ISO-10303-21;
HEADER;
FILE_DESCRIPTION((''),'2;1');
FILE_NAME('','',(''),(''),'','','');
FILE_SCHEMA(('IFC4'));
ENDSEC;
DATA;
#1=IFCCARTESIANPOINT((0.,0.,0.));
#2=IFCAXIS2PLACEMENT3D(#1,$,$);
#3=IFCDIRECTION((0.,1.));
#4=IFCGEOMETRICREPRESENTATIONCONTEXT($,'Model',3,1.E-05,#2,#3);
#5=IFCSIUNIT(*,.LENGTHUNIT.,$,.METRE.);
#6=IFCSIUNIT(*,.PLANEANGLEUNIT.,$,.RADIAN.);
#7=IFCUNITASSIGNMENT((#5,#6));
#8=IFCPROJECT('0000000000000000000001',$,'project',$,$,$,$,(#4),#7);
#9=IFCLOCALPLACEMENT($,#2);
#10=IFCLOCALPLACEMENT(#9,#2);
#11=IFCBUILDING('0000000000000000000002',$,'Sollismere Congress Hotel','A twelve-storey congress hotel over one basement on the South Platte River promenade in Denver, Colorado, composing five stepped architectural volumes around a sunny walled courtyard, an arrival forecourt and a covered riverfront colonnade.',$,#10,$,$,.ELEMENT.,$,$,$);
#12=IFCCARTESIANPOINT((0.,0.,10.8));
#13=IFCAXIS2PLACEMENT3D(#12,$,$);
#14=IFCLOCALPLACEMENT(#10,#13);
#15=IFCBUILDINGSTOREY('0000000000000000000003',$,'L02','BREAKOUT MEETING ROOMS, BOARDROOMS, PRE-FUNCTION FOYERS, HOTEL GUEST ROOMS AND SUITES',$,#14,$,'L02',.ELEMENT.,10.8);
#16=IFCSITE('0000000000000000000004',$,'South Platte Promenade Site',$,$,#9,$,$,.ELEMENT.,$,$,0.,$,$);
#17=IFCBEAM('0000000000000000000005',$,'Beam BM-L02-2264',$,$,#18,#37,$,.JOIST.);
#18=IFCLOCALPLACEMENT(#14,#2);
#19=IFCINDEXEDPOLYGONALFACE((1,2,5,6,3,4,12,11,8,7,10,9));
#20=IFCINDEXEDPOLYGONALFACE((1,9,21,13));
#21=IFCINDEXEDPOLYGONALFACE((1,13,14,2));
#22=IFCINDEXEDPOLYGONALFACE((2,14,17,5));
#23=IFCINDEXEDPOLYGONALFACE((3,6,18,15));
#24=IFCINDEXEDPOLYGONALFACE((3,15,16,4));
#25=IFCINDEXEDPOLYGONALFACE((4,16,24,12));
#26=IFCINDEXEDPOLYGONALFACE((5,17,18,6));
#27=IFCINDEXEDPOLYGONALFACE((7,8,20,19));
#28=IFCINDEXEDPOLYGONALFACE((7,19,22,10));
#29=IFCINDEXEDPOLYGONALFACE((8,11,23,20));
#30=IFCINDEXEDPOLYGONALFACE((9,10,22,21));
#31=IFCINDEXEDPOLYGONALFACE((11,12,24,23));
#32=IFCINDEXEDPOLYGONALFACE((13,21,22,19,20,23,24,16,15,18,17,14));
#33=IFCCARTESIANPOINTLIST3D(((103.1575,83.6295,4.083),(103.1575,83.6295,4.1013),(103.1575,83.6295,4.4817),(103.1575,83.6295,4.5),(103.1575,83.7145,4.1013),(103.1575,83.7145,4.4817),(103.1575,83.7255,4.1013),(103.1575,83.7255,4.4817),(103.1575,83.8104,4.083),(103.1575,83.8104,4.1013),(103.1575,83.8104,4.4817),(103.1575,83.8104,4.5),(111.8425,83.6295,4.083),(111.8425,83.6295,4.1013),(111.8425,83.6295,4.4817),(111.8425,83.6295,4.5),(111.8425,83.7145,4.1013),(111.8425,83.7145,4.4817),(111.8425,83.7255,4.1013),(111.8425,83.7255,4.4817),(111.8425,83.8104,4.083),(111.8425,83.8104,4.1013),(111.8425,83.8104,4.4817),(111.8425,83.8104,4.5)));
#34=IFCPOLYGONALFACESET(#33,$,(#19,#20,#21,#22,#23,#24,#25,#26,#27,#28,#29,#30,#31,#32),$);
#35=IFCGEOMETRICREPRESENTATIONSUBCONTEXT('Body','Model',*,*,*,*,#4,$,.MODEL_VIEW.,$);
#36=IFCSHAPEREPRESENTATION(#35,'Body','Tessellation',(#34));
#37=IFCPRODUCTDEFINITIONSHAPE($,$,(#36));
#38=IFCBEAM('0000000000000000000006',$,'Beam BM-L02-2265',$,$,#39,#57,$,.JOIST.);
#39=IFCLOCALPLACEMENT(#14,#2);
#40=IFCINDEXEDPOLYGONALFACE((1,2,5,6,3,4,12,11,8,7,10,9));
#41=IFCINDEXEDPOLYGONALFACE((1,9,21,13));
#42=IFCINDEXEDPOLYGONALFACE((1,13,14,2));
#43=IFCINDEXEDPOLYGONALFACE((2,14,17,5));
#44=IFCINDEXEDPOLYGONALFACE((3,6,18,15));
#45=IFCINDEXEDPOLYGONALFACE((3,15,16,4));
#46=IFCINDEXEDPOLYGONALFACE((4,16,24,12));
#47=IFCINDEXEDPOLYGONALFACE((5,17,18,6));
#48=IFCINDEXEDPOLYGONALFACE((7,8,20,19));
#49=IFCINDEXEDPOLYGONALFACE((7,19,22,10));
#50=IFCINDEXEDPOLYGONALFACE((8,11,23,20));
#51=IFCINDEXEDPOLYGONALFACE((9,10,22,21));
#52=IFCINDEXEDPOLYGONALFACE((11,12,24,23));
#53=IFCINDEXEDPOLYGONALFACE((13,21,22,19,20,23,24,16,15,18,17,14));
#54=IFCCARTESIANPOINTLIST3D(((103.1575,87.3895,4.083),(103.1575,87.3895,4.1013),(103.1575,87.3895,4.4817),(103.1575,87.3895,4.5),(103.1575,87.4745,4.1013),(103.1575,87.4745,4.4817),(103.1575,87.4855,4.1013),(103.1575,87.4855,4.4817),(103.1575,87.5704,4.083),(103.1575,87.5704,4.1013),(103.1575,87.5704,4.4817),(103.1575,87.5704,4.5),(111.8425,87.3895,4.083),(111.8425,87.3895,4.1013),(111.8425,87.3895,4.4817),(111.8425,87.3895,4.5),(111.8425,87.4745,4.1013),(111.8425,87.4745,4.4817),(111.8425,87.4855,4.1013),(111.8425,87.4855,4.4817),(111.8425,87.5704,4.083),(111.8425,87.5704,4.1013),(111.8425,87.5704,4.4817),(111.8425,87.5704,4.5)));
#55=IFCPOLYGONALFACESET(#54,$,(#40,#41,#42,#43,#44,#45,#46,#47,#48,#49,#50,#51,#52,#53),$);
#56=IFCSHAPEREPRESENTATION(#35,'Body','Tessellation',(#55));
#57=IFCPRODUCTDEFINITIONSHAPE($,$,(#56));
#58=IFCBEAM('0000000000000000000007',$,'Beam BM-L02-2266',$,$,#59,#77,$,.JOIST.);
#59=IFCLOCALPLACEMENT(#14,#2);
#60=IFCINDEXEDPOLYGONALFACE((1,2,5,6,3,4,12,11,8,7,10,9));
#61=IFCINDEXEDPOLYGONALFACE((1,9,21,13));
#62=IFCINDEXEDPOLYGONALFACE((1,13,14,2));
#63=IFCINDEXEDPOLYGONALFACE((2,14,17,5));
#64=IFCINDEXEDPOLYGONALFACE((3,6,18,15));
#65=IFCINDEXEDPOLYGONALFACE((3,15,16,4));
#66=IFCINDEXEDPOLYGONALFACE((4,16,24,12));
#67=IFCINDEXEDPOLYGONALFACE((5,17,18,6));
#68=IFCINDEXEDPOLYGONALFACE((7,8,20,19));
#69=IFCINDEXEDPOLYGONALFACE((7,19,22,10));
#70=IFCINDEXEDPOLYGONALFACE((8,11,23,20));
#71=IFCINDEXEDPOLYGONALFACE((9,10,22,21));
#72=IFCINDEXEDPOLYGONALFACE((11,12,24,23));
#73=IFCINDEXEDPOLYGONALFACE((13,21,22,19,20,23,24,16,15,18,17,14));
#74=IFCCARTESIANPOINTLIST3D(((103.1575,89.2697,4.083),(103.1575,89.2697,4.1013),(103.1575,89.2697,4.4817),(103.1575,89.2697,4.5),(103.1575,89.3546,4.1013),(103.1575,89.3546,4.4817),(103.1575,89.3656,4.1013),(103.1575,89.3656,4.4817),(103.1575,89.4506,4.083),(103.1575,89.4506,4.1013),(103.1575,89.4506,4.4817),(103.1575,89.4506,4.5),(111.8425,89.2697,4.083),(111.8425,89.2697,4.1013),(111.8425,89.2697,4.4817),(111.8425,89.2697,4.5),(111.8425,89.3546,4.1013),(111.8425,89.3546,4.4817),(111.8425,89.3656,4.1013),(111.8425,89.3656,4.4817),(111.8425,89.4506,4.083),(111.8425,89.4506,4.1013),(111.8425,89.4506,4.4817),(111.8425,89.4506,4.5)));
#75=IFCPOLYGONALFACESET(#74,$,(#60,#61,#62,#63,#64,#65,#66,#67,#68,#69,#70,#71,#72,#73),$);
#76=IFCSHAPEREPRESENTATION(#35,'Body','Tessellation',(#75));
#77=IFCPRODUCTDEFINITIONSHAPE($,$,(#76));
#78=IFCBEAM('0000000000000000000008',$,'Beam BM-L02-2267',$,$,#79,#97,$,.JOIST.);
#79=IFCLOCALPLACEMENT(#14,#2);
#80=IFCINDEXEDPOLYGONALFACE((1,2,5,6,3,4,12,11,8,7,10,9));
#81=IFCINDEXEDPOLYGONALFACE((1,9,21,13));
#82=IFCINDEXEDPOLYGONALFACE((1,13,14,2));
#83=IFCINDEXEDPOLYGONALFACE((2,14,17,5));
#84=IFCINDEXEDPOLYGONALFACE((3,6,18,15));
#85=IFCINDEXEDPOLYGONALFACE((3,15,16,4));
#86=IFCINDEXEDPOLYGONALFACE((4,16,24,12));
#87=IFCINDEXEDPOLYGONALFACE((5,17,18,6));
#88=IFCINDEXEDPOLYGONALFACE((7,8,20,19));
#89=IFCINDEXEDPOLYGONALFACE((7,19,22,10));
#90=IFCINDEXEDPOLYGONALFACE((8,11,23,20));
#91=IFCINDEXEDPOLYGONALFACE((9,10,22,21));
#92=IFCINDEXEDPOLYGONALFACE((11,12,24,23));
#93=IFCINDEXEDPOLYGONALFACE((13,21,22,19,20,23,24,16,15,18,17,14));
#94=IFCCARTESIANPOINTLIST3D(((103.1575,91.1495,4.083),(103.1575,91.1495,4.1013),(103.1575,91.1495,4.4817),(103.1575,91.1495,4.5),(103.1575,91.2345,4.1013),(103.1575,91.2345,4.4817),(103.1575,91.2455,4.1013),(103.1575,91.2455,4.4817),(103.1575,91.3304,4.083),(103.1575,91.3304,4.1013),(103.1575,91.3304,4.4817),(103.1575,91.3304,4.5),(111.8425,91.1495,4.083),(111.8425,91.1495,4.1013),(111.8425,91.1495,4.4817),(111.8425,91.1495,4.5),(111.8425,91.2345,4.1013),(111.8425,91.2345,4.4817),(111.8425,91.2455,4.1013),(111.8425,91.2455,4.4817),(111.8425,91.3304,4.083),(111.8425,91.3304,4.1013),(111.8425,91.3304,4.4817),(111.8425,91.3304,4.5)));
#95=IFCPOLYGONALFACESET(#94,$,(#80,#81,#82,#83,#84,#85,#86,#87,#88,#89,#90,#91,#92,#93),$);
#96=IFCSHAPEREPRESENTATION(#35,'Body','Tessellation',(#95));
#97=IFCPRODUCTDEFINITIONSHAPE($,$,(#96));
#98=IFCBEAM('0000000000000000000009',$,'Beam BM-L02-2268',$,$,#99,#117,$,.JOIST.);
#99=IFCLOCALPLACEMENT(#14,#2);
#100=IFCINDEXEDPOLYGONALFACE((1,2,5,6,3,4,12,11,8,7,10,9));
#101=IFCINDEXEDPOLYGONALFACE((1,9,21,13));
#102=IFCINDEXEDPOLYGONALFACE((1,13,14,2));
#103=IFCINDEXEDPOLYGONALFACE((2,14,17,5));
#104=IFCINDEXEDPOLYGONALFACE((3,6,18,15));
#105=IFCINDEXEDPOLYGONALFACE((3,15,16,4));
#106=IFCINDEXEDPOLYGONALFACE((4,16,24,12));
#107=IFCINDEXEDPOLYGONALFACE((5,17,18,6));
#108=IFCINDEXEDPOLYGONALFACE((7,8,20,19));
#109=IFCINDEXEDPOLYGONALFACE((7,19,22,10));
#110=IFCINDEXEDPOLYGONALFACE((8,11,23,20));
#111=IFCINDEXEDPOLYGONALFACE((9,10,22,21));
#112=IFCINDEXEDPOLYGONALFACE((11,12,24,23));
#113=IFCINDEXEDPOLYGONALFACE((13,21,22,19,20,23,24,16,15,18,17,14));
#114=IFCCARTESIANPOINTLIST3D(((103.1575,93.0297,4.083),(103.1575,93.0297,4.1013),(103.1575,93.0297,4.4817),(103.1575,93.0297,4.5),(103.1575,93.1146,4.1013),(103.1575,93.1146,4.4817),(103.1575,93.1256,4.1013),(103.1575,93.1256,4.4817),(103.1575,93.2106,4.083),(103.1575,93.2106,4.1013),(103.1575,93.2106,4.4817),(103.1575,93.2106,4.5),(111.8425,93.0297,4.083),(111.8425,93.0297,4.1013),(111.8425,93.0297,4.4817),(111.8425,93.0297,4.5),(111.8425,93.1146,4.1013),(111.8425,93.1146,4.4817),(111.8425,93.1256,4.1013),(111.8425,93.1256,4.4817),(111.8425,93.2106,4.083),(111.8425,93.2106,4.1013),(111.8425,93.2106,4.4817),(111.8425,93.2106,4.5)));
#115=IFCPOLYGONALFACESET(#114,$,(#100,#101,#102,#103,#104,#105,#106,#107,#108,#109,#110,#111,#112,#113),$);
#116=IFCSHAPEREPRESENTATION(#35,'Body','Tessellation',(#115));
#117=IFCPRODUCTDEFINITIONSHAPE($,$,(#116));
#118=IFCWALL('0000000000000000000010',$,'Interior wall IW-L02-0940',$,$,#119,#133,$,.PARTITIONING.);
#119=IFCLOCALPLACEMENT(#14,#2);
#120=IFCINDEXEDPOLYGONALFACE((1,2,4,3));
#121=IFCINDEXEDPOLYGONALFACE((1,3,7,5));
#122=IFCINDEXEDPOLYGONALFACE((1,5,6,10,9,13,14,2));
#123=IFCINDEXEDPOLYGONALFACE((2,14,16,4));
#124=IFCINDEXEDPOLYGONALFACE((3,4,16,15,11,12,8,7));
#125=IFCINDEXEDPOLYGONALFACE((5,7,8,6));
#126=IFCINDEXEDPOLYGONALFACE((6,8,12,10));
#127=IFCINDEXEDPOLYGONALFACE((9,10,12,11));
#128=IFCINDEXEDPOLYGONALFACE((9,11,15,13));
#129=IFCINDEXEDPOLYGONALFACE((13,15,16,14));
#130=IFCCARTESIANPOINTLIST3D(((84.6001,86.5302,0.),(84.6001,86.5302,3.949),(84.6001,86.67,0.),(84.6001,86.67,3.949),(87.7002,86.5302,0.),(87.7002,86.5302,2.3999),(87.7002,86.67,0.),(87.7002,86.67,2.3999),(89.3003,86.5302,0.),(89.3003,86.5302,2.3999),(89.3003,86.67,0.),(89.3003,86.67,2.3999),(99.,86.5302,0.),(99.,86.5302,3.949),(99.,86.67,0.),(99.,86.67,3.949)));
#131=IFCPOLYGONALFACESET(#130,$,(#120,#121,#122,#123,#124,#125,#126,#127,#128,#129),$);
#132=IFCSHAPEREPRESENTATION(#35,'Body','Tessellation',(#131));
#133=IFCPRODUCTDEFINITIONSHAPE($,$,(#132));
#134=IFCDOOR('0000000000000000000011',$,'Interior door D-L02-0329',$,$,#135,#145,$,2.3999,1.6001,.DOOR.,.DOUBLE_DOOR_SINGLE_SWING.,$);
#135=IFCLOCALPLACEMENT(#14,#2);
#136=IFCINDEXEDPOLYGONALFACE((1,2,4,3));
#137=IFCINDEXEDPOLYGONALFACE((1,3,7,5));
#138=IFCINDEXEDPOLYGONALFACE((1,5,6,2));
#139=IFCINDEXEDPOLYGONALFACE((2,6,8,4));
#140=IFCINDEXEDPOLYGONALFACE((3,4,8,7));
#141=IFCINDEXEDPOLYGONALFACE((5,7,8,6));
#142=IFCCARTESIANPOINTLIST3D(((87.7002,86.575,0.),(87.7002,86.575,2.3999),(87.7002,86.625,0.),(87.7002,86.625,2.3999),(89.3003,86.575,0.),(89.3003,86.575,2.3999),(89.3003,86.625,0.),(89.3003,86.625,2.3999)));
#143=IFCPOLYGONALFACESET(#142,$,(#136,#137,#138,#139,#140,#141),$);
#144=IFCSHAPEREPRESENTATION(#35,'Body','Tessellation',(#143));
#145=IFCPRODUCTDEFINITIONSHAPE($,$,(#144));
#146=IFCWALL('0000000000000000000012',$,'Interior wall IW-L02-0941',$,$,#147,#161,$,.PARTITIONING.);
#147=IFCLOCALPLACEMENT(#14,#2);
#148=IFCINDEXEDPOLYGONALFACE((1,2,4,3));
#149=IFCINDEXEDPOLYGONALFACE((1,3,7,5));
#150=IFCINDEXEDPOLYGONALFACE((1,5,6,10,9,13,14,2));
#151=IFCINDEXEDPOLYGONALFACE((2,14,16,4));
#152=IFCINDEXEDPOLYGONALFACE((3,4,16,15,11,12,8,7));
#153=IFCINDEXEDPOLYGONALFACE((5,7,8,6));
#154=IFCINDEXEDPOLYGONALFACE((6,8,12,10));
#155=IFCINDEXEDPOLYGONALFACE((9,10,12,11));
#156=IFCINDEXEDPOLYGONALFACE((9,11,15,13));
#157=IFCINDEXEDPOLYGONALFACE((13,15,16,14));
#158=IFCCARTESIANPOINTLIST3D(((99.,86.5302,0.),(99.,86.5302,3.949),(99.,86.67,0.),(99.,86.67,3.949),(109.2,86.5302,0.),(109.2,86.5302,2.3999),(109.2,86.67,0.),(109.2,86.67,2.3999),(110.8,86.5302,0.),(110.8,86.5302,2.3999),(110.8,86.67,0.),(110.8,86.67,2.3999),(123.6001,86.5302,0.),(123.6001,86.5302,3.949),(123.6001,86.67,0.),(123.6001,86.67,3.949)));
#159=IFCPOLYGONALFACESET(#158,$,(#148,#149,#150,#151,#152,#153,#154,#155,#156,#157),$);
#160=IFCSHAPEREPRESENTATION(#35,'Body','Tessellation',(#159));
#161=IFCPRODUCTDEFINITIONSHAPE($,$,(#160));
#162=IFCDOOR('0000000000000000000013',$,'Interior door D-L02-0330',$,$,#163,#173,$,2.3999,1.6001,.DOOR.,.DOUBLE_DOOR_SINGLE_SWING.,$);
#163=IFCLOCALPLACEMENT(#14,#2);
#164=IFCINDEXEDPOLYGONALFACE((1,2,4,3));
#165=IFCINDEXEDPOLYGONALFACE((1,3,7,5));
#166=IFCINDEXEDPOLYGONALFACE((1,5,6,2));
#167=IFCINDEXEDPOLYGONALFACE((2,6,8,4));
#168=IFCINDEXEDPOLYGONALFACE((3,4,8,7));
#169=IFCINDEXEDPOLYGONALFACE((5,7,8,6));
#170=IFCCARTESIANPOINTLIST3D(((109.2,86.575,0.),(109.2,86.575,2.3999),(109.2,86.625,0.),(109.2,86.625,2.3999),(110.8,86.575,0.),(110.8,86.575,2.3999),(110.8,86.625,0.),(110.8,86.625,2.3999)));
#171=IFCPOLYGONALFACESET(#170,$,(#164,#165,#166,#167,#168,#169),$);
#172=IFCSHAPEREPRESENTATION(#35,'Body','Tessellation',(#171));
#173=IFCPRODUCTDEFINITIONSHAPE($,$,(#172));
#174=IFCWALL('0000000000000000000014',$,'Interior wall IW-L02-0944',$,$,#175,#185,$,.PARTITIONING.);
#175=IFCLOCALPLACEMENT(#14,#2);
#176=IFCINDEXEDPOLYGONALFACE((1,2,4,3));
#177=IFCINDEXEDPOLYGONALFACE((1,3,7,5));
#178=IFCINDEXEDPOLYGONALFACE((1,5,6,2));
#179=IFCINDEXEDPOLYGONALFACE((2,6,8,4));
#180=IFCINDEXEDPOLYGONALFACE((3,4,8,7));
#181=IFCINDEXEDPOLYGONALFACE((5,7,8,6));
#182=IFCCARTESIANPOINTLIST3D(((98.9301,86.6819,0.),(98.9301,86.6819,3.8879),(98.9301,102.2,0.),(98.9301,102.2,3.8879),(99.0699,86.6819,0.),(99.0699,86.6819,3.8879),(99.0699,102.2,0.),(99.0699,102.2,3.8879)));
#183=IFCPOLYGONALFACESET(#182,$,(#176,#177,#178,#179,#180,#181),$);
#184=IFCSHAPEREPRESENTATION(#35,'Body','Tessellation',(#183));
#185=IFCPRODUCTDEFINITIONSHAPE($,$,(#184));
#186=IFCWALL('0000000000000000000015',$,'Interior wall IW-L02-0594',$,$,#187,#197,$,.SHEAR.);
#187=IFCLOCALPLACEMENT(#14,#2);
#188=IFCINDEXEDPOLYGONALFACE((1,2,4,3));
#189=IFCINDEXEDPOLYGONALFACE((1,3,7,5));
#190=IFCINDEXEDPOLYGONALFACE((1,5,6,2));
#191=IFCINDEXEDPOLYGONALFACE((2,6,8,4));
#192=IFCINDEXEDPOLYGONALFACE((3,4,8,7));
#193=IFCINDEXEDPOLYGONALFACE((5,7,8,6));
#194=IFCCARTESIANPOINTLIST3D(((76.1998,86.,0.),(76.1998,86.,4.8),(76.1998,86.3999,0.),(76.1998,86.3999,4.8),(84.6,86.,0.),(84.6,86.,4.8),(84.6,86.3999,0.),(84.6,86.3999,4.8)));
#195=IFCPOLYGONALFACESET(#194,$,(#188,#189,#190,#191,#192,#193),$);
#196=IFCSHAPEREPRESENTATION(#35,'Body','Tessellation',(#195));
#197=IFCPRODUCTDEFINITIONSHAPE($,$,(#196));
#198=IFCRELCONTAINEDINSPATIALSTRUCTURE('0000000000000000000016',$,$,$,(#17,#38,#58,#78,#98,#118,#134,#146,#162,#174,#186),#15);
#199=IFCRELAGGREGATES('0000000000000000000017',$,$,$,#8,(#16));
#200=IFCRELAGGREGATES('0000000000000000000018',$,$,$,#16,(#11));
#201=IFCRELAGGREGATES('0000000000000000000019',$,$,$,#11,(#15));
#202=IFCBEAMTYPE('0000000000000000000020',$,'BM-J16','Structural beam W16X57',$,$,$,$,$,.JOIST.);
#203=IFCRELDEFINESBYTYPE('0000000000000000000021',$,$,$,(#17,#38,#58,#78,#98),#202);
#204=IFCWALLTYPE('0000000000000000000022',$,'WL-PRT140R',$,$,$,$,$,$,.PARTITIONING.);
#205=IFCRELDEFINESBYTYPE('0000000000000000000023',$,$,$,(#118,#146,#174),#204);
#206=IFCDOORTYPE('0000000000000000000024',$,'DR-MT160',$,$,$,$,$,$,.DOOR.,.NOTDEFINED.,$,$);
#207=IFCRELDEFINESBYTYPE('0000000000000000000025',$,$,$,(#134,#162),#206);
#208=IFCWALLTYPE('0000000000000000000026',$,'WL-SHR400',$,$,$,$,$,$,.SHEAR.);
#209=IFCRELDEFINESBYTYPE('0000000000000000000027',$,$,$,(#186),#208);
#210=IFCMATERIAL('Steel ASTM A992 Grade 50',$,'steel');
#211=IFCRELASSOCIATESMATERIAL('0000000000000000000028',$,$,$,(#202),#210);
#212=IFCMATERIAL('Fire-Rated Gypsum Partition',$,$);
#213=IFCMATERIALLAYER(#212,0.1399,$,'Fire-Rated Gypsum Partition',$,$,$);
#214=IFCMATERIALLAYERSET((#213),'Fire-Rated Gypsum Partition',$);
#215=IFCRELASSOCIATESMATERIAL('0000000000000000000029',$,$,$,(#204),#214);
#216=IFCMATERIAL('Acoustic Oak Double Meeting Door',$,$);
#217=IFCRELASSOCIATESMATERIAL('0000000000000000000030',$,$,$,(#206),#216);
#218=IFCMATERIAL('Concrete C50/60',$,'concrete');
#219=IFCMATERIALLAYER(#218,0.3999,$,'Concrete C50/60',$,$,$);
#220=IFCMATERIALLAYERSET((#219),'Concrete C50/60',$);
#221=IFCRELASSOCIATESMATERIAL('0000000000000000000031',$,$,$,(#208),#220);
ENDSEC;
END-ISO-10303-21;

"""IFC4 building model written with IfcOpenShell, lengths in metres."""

from ifc_helpers import new_model, si_unit, direction, frame, frame_2d, origin, origin_2d, place, context, subcontext, project, spatial, rectangle, i_section, extrude, material, layer, layer_set, material_profile, profile_set, type_object, element, fill, save


model = new_model("IFC4")

# Units and contexts
model_context = context("Model", 3, precision=1e-05, world=origin(), true_north=direction((0.0, 1.0)))
body_context = subcontext(model_context, "Body", "Model", "MODEL_VIEW")
ifc_project = project(units=[si_unit("LENGTHUNIT", "METRE"), si_unit("PLANEANGLEUNIT", "RADIAN")], contexts=[model_context])

# Site, building, storey
site_placement = place(None, origin())
site = spatial("IfcSite", under=ifc_project, at=site_placement, Name="South Platte Promenade Site", CompositionType="ELEMENT", RefElevation=0.0)
building_placement = place(site_placement, origin())
building = spatial("IfcBuilding", under=site, at=building_placement, Name="Sollismere Congress Hotel", Description="A twelve-storey congress hotel over one basement on the South Platte River promenade in Denver, Colorado, composing five stepped architectural volumes around a sunny walled courtyard, an arrival forecourt and a covered riverfront colonnade.", CompositionType="ELEMENT")
storey_placement = place(building_placement, frame((0.0, 0.0, 10.8)))
storey = spatial("IfcBuildingStorey", under=building, at=storey_placement, Name="L02", Description="BREAKOUT MEETING ROOMS, BOARDROOMS, PRE-FUNCTION FOYERS, HOTEL GUEST ROOMS AND SUITES", LongName="L02", CompositionType="ELEMENT", Elevation=10.8)

# Shared definitions
ifc_material_1 = material(Name="Steel ASTM A992 Grade 50", Category="steel")

# Beams
ifc_material_profile_1 = material_profile(ifc_material_1, i_section(OverallWidth=0.1809, OverallDepth=0.417, WebThickness=0.011, FlangeThickness=0.0183, at=origin_2d()), Name="W16X57")
ifc_profile_set_1 = profile_set([ifc_material_profile_1], Name="Steel ASTM A992 Grade 50")
beam_type_1 = type_object("IfcBeamType", Name="BM-J16", Description="Structural beam W16X57", PredefinedType="JOIST", material=ifc_profile_set_1)
for number, where, z_axis, x_axis, name in (
    (1, (103.1575, 83.72, 4.2915), (1.0, 0.0, 0.0), (0.0, 1.0, 0.0), "Beam BM-L02-2264"),
    (2, (103.1575, 87.48, 4.2915), (1.0, 0.0, 0.0), (0.0, 1.0, 0.0), "Beam BM-L02-2265"),
    (3, (103.1575, 89.3601, 4.2915), (1.0, 0.0, 0.0), (0.0, 1.0, 0.0), "Beam BM-L02-2266"),
    (4, (103.1575, 91.24, 4.2915), (1.0, 0.0, 0.0), (0.0, 1.0, 0.0), "Beam BM-L02-2267"),
    (5, (103.1575, 93.1201, 4.2915), (1.0, 0.0, 0.0), (0.0, 1.0, 0.0), "Beam BM-L02-2268"),
):
    element("IfcBeam", number, at=place(storey_placement, frame(where, z_axis=z_axis, x_axis=x_axis)), inside=storey, type_object=beam_type_1, Name=name, PredefinedType="JOIST", context=body_context, shape_type="SweptSolid", body=[
        extrude(i_section(OverallWidth=0.1809, OverallDepth=0.417, WebThickness=0.011, FlangeThickness=0.0183, at=origin_2d()), origin(), (0.0, 0.0, 1.0), 8.6851),
    ])

# Walls, openings, doors
ifc_material_2 = material(Name="Fire-Rated Gypsum Partition")
ifc_layer_1 = layer(ifc_material_2, 0.1399, Name="Fire-Rated Gypsum Partition")
ifc_layer_set_1 = layer_set([ifc_layer_1], Name="Fire-Rated Gypsum Partition")
wall_type_1 = type_object("IfcWallType", Name="WL-PRT140R", PredefinedType="PARTITIONING", material=ifc_layer_set_1)
wall_1_placement = place(storey_placement, frame((84.6001, 86.6001, 0.0), z_axis=(0.0, 0.0, 1.0), x_axis=(1.0, 0.0, 0.0)))
wall_1 = element("IfcWall", 6, at=wall_1_placement, inside=storey, type_object=wall_type_1, Name="Interior wall IW-L02-0940", PredefinedType="PARTITIONING", context=body_context, shape_type="SweptSolid", body=[
    extrude(rectangle(XDim=14.3999, YDim=0.1399, at=frame_2d((7.2, 0.0))), origin(), (0.0, 0.0, 1.0), 3.949),
])
opening_1_placement = place(wall_1_placement, frame((3.1001, 0.0, 0.0)))
opening_1 = element("IfcOpeningElement", 7, at=opening_1_placement, cuts=wall_1, PredefinedType="OPENING", context=body_context, shape_type="SweptSolid", body=[
    extrude(rectangle(XDim=1.6001, YDim=2.3999, at=frame_2d((0.8, 1.2))), frame((0.0, 0.0798, 0.0), z_axis=(0.0, -1.0, 0.0), x_axis=(1.0, 0.0, 0.0)), (0.0, 0.0, 1.0), 0.1599),
])
ifc_material_3 = material(Name="Acoustic Oak Double Meeting Door")
door_type = type_object("IfcDoorType", Name="DR-MT160", OperationType="NOTDEFINED", PredefinedType="DOOR", material=ifc_material_3)
door_1_placement = place(opening_1_placement, origin())
door_1 = element("IfcDoor", 8, at=door_1_placement, inside=storey, type_object=door_type, Name="Interior door D-L02-0329", OperationType="DOUBLE_DOOR_SINGLE_SWING", OverallHeight=2.3999, OverallWidth=1.6001, PredefinedType="DOOR", context=body_context, shape_type="SweptSolid", body=[
    extrude(rectangle(XDim=1.6001, YDim=2.3999, at=frame_2d((0.8, 1.2))), frame((0.0, 0.0249, 0.0), z_axis=(0.0, -1.0, 0.0), x_axis=(1.0, 0.0, 0.0)), (0.0, 0.0, 1.0), 0.05),
])
fill(opening_1, door_1)
wall_2_placement = place(storey_placement, frame((99.0, 86.6001, 0.0), z_axis=(0.0, 0.0, 1.0), x_axis=(1.0, 0.0, 0.0)))
wall_2 = element("IfcWall", 9, at=wall_2_placement, inside=storey, type_object=wall_type_1, Name="Interior wall IW-L02-0941", PredefinedType="PARTITIONING", context=body_context, shape_type="SweptSolid", body=[
    extrude(rectangle(XDim=24.6001, YDim=0.1399, at=frame_2d((12.3, 0.0))), origin(), (0.0, 0.0, 1.0), 3.949),
])
opening_2_placement = place(wall_2_placement, frame((10.2, 0.0, 0.0)))
opening_2 = element("IfcOpeningElement", 10, at=opening_2_placement, cuts=wall_2, PredefinedType="OPENING", context=body_context, shape_type="SweptSolid", body=[
    extrude(rectangle(XDim=1.6001, YDim=2.3999, at=frame_2d((0.8, 1.2))), frame((0.0, 0.0798, 0.0), z_axis=(0.0, -1.0, 0.0), x_axis=(1.0, 0.0, 0.0)), (0.0, 0.0, 1.0), 0.1599),
])
door_2_placement = place(opening_2_placement, origin())
door_2 = element("IfcDoor", 11, at=door_2_placement, inside=storey, type_object=door_type, Name="Interior door D-L02-0330", OperationType="DOUBLE_DOOR_SINGLE_SWING", OverallHeight=2.3999, OverallWidth=1.6001, PredefinedType="DOOR", context=body_context, shape_type="SweptSolid", body=[
    extrude(rectangle(XDim=1.6001, YDim=2.3999, at=frame_2d((0.8, 1.2))), frame((0.0, 0.0249, 0.0), z_axis=(0.0, -1.0, 0.0), x_axis=(1.0, 0.0, 0.0)), (0.0, 0.0, 1.0), 0.05),
])
fill(opening_2, door_2)

# Walls
wall_3_placement = place(storey_placement, frame((99.0, 86.6819, 0.0), z_axis=(0.0, 0.0, 1.0), x_axis=(0.0, 1.0, 0.0)))
element("IfcWall", 12, at=wall_3_placement, inside=storey, type_object=wall_type_1, Name="Interior wall IW-L02-0944", PredefinedType="PARTITIONING", context=body_context, shape_type="SweptSolid", body=[
    extrude(rectangle(XDim=15.5181, YDim=0.1399, at=frame_2d((7.759, 0.0))), origin(), (0.0, 0.0, 1.0), 3.8879),
])
ifc_material_4 = material(Name="Concrete C50/60", Category="concrete")
ifc_layer_2 = layer(ifc_material_4, 0.3999, Name="Concrete C50/60")
ifc_layer_set_2 = layer_set([ifc_layer_2], Name="Concrete C50/60")
wall_type_2 = type_object("IfcWallType", Name="WL-SHR400", PredefinedType="SHEAR", material=ifc_layer_set_2)
wall_4_placement = place(storey_placement, frame((84.6001, 86.2, 0.0), z_axis=(0.0, 0.0, 1.0), x_axis=(-1.0, 0.0, 0.0)))
element("IfcWall", 13, at=wall_4_placement, inside=storey, type_object=wall_type_2, Name="Interior wall IW-L02-0594", PredefinedType="SHEAR", context=body_context, shape_type="SweptSolid", body=[
    extrude(rectangle(XDim=8.4001, YDim=0.3999, at=frame_2d((4.2002, 0.0))), origin(), (0.0, 0.0, 1.0), 4.8),
])

save(model, "model.ifc")
